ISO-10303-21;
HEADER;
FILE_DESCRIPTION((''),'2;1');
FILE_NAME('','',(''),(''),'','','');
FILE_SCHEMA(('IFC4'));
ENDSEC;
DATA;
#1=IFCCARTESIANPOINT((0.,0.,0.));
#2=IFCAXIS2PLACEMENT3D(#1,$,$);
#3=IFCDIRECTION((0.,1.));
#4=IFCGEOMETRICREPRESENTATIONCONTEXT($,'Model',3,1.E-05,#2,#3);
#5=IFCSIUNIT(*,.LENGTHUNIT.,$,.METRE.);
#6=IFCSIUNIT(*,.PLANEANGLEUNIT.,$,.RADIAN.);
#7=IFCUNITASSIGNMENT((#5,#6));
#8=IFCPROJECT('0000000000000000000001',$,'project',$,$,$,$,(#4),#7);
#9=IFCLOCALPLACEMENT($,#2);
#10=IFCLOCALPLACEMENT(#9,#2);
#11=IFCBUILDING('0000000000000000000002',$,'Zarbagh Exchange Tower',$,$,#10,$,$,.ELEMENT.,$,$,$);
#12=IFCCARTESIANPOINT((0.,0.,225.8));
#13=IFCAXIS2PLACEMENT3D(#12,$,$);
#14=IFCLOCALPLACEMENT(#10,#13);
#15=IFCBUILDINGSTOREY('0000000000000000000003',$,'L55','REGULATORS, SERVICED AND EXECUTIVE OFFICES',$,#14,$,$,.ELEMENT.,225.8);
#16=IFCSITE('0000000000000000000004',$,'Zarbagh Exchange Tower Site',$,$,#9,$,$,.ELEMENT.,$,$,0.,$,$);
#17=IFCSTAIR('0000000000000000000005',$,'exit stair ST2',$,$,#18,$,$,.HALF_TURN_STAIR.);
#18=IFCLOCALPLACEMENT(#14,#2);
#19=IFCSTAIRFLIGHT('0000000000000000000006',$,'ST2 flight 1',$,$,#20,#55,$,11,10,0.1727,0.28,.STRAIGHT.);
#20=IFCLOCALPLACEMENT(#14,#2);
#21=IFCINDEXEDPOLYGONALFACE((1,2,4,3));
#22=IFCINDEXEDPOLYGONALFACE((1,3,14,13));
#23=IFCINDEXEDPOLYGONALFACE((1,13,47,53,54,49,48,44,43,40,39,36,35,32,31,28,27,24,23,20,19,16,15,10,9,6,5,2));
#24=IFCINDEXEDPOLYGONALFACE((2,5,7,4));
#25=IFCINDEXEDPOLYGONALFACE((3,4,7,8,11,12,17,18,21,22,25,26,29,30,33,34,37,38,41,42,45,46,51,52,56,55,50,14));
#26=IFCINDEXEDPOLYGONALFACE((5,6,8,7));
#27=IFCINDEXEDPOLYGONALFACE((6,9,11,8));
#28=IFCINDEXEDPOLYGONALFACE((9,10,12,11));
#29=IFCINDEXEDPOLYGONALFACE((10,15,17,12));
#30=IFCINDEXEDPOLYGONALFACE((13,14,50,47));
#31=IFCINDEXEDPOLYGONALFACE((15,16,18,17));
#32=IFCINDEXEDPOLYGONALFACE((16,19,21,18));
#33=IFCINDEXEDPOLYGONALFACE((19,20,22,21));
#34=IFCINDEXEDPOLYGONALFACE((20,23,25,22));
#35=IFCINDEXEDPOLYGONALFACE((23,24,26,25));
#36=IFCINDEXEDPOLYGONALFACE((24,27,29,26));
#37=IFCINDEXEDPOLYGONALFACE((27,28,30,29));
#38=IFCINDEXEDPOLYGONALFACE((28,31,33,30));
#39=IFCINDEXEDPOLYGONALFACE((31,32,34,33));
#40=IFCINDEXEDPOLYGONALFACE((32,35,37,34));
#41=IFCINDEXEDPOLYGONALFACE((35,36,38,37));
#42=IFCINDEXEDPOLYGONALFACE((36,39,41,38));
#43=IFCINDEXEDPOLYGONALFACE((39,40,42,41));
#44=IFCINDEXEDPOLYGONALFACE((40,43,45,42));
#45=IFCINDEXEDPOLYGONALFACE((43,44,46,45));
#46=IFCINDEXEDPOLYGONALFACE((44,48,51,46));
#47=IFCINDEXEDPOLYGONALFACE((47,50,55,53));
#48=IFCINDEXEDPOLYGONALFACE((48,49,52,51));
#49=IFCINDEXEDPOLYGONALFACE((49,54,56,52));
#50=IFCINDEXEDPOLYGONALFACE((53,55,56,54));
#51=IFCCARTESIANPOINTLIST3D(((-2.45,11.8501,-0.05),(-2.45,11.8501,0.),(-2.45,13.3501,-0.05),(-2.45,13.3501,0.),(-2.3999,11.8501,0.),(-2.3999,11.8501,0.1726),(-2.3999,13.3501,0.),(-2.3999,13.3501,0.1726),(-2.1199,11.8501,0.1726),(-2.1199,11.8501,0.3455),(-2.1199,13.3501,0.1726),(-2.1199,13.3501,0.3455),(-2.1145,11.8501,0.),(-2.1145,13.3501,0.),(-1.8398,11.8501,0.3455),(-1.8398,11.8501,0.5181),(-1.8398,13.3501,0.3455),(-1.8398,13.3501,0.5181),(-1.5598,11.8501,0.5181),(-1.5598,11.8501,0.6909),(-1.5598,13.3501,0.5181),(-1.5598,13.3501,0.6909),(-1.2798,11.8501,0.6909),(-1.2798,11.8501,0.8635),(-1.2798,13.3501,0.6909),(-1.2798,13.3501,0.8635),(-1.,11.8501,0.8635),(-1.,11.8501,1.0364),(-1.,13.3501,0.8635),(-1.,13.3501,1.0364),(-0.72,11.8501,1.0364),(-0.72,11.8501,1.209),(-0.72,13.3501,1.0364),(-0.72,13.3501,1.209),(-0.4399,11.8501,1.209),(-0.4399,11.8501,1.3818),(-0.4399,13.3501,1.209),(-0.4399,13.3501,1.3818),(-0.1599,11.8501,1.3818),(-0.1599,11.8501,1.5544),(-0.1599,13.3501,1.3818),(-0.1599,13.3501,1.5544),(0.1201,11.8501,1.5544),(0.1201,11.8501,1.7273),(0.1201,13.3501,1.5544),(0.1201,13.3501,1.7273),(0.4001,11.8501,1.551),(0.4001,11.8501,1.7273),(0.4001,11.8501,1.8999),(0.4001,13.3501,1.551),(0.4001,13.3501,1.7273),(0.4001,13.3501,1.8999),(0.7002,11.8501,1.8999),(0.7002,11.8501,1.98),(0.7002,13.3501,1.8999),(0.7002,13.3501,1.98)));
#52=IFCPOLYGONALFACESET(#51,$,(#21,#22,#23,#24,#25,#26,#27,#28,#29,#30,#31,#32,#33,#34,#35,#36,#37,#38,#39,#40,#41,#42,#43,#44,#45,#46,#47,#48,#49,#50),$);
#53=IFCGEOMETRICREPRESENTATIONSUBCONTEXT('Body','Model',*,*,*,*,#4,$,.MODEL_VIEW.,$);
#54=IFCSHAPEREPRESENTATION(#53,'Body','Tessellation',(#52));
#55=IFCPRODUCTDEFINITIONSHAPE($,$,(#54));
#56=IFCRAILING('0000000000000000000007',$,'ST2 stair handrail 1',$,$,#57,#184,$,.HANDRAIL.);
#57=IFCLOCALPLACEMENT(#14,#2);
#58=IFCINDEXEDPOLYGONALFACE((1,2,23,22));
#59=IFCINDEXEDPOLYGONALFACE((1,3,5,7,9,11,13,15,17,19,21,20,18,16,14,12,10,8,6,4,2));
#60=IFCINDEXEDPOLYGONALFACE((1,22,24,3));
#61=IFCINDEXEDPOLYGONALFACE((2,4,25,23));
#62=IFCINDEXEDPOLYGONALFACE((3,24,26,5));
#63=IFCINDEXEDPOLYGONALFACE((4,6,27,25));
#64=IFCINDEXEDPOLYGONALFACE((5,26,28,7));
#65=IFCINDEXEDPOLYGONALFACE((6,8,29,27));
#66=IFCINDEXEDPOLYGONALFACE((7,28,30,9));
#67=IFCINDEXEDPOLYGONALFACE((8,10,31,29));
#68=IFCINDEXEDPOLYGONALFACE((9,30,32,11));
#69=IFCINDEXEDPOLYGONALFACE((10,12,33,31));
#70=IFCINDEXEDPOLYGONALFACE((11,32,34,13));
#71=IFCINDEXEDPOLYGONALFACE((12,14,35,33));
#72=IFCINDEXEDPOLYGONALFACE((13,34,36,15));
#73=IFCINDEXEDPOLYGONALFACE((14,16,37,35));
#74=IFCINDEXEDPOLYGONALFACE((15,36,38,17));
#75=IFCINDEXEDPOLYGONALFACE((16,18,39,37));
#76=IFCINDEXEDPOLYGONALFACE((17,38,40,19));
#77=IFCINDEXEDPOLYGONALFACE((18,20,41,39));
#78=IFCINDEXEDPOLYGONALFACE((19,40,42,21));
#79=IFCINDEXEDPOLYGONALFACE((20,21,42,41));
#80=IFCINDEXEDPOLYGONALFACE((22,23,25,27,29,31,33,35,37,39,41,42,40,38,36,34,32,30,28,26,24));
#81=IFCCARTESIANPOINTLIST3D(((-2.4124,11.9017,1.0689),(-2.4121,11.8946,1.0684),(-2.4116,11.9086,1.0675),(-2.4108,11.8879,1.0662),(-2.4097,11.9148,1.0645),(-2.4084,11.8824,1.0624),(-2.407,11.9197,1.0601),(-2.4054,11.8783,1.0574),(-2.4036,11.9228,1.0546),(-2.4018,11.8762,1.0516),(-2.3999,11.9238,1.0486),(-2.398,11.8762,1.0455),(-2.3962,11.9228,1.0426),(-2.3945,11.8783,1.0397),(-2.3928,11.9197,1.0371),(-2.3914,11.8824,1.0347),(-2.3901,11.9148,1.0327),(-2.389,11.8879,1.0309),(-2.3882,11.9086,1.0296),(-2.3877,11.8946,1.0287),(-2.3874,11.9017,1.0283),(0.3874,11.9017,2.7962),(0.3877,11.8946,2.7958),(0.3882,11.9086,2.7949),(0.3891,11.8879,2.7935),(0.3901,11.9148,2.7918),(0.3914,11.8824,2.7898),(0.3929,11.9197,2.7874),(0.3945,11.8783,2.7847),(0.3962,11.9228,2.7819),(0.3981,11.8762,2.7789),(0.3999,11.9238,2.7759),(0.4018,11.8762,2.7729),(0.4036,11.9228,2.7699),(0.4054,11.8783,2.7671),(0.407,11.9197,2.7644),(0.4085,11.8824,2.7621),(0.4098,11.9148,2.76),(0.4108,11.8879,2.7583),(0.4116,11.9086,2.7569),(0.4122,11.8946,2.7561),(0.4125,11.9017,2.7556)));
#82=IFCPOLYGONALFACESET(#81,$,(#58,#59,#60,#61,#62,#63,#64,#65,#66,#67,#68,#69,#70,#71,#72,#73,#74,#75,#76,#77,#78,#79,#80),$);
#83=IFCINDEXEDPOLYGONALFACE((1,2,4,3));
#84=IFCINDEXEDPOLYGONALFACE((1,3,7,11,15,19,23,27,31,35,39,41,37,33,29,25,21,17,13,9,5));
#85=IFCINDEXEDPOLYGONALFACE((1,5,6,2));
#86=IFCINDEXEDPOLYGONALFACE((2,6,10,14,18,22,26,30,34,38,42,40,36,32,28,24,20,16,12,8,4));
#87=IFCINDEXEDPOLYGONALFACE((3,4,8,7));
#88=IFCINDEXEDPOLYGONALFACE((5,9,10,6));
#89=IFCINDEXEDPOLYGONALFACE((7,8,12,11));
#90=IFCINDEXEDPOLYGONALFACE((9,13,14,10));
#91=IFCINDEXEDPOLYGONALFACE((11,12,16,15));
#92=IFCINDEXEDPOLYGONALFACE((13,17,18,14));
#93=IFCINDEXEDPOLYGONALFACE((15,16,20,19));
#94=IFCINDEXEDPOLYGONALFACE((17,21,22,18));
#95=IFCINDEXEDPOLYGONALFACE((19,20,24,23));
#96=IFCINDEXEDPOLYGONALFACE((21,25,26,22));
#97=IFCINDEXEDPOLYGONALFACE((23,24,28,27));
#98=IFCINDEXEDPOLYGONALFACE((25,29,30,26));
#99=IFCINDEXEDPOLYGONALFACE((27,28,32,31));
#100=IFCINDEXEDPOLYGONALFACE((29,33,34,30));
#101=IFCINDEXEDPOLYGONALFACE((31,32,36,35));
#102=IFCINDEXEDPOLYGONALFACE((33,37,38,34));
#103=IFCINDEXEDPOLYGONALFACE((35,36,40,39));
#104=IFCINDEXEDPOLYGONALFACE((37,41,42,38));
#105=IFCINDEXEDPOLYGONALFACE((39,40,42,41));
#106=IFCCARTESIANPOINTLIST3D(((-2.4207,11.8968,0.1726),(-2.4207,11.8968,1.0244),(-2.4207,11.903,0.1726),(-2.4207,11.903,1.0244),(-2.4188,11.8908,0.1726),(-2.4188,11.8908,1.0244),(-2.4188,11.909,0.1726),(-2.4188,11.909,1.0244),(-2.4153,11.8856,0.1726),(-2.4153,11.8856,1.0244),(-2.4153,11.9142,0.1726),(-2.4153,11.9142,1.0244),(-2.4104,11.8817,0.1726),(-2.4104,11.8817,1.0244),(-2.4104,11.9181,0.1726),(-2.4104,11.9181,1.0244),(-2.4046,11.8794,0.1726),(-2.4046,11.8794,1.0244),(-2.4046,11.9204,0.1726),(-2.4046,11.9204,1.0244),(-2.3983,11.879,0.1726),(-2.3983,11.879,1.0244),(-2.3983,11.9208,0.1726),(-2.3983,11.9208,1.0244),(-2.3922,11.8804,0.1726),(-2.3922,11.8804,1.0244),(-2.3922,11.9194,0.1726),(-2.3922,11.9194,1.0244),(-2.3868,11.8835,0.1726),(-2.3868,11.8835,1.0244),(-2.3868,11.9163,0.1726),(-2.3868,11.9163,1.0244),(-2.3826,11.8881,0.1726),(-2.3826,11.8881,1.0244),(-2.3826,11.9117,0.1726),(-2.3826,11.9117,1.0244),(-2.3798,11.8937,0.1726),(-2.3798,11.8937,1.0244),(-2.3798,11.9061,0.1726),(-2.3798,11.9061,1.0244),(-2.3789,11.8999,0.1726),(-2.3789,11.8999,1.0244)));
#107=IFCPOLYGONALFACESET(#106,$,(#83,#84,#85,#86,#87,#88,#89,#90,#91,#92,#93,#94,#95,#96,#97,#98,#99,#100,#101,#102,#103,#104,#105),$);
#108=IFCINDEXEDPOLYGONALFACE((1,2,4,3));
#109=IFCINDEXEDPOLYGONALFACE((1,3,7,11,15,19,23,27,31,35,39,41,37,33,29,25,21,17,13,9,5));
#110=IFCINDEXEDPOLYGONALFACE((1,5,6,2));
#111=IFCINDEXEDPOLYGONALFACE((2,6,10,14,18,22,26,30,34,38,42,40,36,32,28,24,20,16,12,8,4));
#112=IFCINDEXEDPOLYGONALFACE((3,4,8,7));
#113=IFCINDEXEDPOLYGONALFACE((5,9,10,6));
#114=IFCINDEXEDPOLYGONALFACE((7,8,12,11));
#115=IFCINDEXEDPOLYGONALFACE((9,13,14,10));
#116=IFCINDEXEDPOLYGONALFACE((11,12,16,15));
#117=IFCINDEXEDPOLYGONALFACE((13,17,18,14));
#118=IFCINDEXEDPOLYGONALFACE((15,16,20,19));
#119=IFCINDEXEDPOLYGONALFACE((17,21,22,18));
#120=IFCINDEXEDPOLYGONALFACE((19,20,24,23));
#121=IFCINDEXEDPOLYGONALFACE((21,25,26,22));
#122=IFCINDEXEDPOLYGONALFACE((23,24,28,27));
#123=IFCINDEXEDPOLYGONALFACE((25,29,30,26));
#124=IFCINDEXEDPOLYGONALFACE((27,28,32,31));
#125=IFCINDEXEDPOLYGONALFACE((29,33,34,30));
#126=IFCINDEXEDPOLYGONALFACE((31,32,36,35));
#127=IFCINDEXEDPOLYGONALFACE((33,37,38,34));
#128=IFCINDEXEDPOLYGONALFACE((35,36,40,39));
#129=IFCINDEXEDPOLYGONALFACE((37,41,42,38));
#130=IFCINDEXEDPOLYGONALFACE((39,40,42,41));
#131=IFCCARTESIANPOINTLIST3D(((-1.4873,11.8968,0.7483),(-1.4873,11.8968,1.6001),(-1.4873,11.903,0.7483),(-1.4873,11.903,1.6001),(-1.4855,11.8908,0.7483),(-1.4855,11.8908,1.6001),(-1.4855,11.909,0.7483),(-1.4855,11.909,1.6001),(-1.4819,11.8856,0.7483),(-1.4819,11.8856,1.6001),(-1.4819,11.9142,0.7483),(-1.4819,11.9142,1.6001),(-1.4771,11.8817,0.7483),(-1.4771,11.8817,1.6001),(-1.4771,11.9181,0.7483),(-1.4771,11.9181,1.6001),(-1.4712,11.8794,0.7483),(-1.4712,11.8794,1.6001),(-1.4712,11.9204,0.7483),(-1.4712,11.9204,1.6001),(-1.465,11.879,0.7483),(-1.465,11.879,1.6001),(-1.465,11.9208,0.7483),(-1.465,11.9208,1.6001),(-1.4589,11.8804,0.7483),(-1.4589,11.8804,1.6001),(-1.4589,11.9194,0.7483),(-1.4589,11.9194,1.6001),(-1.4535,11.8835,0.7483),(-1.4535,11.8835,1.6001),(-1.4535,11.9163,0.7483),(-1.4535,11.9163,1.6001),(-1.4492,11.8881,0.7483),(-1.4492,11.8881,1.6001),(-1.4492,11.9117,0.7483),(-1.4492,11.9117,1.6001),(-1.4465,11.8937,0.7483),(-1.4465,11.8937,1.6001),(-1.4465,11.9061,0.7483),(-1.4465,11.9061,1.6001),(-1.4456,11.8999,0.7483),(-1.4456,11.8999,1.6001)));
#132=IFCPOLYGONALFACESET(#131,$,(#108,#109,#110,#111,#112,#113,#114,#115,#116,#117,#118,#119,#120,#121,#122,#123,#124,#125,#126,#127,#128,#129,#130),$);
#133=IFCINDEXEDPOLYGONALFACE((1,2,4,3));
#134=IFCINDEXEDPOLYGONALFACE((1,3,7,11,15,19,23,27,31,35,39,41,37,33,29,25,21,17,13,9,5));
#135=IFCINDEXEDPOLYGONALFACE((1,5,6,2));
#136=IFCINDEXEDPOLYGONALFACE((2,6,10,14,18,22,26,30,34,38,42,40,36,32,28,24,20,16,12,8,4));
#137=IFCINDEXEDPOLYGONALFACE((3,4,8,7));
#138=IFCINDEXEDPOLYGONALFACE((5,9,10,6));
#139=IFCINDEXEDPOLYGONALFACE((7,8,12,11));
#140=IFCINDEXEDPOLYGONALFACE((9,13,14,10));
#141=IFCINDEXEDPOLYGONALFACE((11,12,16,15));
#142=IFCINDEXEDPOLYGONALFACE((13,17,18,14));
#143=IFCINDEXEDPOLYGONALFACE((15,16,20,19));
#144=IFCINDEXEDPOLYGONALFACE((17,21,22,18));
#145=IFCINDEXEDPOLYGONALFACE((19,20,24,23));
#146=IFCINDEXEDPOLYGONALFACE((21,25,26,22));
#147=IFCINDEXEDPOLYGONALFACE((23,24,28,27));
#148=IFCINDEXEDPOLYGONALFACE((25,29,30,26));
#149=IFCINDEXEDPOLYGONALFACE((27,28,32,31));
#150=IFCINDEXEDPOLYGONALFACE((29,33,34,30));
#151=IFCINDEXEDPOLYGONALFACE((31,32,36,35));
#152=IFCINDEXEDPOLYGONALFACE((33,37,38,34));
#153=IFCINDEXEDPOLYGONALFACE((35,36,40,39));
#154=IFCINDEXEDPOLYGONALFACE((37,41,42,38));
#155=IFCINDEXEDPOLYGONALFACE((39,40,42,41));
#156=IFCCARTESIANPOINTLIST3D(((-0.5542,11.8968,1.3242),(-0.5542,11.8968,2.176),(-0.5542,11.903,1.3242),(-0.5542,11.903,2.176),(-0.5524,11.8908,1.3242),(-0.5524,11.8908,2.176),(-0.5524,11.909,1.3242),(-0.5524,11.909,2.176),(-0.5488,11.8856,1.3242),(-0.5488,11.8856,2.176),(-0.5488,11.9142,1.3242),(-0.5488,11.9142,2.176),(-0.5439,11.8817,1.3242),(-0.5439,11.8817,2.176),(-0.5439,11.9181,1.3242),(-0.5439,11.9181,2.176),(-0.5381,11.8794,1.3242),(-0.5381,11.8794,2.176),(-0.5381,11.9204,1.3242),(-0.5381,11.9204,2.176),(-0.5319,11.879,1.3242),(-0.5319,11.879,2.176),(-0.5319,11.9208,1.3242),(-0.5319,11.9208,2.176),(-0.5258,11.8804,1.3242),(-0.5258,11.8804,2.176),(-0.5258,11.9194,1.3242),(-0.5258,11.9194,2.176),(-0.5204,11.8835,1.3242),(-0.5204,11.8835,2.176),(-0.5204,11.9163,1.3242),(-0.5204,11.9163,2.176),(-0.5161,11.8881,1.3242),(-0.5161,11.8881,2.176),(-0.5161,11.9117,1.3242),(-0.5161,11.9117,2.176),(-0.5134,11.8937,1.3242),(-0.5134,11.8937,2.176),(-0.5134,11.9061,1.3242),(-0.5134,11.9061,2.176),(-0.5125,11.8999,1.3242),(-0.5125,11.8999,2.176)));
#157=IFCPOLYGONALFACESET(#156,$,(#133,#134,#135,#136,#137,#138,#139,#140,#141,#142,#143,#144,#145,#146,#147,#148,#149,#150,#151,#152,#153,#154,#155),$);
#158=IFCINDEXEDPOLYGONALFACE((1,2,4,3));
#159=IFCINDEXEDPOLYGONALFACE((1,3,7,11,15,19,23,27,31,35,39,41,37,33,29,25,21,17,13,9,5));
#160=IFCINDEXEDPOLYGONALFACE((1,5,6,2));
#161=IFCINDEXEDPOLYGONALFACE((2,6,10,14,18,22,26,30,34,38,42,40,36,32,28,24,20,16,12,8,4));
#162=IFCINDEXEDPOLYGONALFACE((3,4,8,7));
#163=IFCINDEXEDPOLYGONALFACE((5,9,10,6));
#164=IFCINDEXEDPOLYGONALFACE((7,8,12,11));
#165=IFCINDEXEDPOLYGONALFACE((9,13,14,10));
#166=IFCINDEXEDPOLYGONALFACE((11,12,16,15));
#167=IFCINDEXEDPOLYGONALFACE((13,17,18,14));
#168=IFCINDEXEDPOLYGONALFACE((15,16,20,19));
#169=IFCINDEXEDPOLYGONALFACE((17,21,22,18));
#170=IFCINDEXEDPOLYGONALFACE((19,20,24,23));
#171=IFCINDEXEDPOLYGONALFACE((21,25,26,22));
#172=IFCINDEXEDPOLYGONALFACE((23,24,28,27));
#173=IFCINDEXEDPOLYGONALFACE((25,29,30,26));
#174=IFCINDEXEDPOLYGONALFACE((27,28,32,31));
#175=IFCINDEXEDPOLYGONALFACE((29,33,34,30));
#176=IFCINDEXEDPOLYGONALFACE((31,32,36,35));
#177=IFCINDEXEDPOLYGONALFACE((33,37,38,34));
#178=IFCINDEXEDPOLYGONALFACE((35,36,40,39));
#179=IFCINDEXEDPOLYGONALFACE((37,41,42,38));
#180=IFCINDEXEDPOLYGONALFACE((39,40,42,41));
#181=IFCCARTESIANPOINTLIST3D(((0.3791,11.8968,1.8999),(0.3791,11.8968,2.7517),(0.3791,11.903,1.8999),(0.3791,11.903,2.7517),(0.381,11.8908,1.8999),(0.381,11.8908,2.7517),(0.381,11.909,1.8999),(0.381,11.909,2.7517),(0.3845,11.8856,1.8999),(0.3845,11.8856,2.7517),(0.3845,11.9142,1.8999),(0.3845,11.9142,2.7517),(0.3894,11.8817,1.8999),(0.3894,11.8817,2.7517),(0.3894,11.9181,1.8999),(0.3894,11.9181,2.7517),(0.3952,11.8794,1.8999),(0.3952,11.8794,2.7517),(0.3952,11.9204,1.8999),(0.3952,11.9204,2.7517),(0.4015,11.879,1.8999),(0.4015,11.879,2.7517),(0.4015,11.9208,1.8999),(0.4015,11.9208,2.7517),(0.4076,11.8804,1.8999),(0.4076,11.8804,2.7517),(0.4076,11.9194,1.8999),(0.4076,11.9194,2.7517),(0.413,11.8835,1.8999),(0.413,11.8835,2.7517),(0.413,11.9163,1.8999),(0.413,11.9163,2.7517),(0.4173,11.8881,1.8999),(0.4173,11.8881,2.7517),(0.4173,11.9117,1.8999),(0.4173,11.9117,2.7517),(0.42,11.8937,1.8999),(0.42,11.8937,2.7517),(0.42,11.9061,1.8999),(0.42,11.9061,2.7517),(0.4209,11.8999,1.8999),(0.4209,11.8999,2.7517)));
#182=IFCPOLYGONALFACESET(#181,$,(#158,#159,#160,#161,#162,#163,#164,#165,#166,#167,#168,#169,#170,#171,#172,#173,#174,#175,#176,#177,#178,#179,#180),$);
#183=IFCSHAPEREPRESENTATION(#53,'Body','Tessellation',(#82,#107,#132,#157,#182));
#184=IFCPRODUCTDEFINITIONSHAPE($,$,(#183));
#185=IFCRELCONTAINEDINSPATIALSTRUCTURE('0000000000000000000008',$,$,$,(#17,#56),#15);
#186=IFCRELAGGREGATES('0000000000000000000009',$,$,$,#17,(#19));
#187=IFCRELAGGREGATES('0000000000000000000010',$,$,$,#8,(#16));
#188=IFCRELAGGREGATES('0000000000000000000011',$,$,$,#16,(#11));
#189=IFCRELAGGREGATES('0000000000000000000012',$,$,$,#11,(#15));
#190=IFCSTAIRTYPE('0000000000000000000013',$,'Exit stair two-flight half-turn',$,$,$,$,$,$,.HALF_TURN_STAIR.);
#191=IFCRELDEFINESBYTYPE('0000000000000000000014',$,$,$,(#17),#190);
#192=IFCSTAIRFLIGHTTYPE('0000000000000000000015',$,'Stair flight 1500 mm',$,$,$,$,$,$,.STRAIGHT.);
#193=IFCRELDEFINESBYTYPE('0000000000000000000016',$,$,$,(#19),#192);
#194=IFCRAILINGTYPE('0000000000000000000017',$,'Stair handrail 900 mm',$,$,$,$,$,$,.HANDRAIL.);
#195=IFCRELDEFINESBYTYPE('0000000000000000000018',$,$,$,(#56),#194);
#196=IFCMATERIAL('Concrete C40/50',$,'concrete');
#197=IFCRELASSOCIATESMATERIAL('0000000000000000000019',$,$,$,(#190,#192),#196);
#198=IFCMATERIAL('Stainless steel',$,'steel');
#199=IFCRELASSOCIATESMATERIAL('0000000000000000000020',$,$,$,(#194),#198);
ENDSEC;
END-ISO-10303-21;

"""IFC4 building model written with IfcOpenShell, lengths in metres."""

from ifc_helpers import new_model, si_unit, direction, frame, origin, origin_2d, place, context, subcontext, project, spatial, polyline, circle, outline, extrude, material, type_object, element, aggregate, save


model = new_model("IFC4")

# Units and contexts
model_context = context("Model", 3, precision=1e-05, world=origin(), true_north=direction((0.0, 1.0)))
body_context = subcontext(model_context, "Body", "Model", "MODEL_VIEW")
ifc_project = project(units=[si_unit("LENGTHUNIT", "METRE"), si_unit("PLANEANGLEUNIT", "RADIAN")], contexts=[model_context])

# Site, building, storey
site_placement = place(None, origin())
site = spatial("IfcSite", under=ifc_project, at=site_placement, Name="Zarbagh Exchange Tower Site", CompositionType="ELEMENT", RefElevation=0.0)
building_placement = place(site_placement, origin())
building = spatial("IfcBuilding", under=site, at=building_placement, Name="Zarbagh Exchange Tower", CompositionType="ELEMENT")
storey_placement = place(building_placement, frame((0.0, 0.0, 225.8)))
storey = spatial("IfcBuildingStorey", under=building, at=storey_placement, Name="L55", Description="REGULATORS, SERVICED AND EXECUTIVE OFFICES", CompositionType="ELEMENT", Elevation=225.8)

# Shared definitions
ifc_material_1 = material(Name="Concrete C40/50", Category="concrete")

# Stair, stair flight
stair_type = type_object("IfcStairType", Name="Exit stair two-flight half-turn", PredefinedType="HALF_TURN_STAIR", material=ifc_material_1)
stair_placement = place(storey_placement, origin())
stair = element("IfcStair", 1, at=stair_placement, inside=storey, type_object=stair_type, Name="exit stair ST2", PredefinedType="HALF_TURN_STAIR")
stair_flight_type = type_object("IfcStairFlightType", Name="Stair flight 1500 mm", PredefinedType="STRAIGHT", material=ifc_material_1)
stair_flight_placement = place(storey_placement, frame((-2.3999, 12.6001, 0.0), z_axis=(0.0, 0.0, 1.0), x_axis=(1.0, 0.0, 0.0)))
stair_flight = element("IfcStairFlight", 2, at=stair_flight_placement, type_object=stair_flight_type, Name="ST2 flight 1", NumberOfRisers=11, NumberOfTreads=10, PredefinedType="STRAIGHT", RiserHeight=0.1727, TreadLength=0.28, context=body_context, shape_type="SweptSolid", body=[
    extrude(outline(polyline([(-0.05, -0.05), (-0.05, 0.0), (0.0, 0.0), (0.0, 0.1726), (0.28, 0.1726), (0.28, 0.3455), (0.5601, 0.3455), (0.5601, 0.5181), (0.8401, 0.5181), (0.8401, 0.6909), (1.1201, 0.6909), (1.1201, 0.8635), (1.3999, 0.8635), (1.3999, 1.0364), (1.6799, 1.0364), (1.6799, 1.209), (1.96, 1.209), (1.96, 1.3818), (2.24, 1.3818), (2.24, 1.5544), (2.52, 1.5544), (2.52, 1.7273), (2.8, 1.7273), (2.8, 1.8999), (3.1001, 1.98), (3.1001, 1.8999), (2.8, 1.551), (0.2854, 0.0), (-0.05, -0.05)])), frame((0.0, 0.75, 0.0), z_axis=(0.0, -1.0, 0.0), x_axis=(1.0, 0.0, 0.0)), (0.0, 0.0, 1.0), 1.5),
])
aggregate(stair, [stair_flight])

# Railing
ifc_material_2 = material(Name="Stainless steel", Category="steel")
railing_type_1 = type_object("IfcRailingType", Name="Stair handrail 900 mm", PredefinedType="HANDRAIL", material=ifc_material_2)
railing_1_placement = place(storey_placement, frame((-2.3999, 11.8999, 0.1726)))
element("IfcRailing", 3, at=railing_1_placement, inside=storey, type_object=railing_type_1, Name="ST2 stair handrail 1", PredefinedType="HANDRAIL", context=body_context, shape_type="SweptSolid", body=[
    extrude(circle(Radius=0.0239, at=origin_2d()), frame((0.0, 0.0, 0.876), z_axis=(0.851069, 0.0, 0.525054), x_axis=(0.0, 1.0, 0.0)), (0.0, 0.0, 1.0), 3.2898),
    extrude(circle(Radius=0.021, at=origin_2d()), origin(), (0.0, 0.0, 1.0), 0.8518),
    extrude(circle(Radius=0.021, at=origin_2d()), frame((0.9333, 0.0, 0.5757)), (0.0, 0.0, 1.0), 0.8518),
    extrude(circle(Radius=0.021, at=origin_2d()), frame((1.8665, 0.0, 1.1516)), (0.0, 0.0, 1.0), 0.8518),
    extrude(circle(Radius=0.021, at=origin_2d()), frame((2.7998, 0.0, 1.7273)), (0.0, 0.0, 1.0), 0.8518),
])

save(model, "model.ifc")
